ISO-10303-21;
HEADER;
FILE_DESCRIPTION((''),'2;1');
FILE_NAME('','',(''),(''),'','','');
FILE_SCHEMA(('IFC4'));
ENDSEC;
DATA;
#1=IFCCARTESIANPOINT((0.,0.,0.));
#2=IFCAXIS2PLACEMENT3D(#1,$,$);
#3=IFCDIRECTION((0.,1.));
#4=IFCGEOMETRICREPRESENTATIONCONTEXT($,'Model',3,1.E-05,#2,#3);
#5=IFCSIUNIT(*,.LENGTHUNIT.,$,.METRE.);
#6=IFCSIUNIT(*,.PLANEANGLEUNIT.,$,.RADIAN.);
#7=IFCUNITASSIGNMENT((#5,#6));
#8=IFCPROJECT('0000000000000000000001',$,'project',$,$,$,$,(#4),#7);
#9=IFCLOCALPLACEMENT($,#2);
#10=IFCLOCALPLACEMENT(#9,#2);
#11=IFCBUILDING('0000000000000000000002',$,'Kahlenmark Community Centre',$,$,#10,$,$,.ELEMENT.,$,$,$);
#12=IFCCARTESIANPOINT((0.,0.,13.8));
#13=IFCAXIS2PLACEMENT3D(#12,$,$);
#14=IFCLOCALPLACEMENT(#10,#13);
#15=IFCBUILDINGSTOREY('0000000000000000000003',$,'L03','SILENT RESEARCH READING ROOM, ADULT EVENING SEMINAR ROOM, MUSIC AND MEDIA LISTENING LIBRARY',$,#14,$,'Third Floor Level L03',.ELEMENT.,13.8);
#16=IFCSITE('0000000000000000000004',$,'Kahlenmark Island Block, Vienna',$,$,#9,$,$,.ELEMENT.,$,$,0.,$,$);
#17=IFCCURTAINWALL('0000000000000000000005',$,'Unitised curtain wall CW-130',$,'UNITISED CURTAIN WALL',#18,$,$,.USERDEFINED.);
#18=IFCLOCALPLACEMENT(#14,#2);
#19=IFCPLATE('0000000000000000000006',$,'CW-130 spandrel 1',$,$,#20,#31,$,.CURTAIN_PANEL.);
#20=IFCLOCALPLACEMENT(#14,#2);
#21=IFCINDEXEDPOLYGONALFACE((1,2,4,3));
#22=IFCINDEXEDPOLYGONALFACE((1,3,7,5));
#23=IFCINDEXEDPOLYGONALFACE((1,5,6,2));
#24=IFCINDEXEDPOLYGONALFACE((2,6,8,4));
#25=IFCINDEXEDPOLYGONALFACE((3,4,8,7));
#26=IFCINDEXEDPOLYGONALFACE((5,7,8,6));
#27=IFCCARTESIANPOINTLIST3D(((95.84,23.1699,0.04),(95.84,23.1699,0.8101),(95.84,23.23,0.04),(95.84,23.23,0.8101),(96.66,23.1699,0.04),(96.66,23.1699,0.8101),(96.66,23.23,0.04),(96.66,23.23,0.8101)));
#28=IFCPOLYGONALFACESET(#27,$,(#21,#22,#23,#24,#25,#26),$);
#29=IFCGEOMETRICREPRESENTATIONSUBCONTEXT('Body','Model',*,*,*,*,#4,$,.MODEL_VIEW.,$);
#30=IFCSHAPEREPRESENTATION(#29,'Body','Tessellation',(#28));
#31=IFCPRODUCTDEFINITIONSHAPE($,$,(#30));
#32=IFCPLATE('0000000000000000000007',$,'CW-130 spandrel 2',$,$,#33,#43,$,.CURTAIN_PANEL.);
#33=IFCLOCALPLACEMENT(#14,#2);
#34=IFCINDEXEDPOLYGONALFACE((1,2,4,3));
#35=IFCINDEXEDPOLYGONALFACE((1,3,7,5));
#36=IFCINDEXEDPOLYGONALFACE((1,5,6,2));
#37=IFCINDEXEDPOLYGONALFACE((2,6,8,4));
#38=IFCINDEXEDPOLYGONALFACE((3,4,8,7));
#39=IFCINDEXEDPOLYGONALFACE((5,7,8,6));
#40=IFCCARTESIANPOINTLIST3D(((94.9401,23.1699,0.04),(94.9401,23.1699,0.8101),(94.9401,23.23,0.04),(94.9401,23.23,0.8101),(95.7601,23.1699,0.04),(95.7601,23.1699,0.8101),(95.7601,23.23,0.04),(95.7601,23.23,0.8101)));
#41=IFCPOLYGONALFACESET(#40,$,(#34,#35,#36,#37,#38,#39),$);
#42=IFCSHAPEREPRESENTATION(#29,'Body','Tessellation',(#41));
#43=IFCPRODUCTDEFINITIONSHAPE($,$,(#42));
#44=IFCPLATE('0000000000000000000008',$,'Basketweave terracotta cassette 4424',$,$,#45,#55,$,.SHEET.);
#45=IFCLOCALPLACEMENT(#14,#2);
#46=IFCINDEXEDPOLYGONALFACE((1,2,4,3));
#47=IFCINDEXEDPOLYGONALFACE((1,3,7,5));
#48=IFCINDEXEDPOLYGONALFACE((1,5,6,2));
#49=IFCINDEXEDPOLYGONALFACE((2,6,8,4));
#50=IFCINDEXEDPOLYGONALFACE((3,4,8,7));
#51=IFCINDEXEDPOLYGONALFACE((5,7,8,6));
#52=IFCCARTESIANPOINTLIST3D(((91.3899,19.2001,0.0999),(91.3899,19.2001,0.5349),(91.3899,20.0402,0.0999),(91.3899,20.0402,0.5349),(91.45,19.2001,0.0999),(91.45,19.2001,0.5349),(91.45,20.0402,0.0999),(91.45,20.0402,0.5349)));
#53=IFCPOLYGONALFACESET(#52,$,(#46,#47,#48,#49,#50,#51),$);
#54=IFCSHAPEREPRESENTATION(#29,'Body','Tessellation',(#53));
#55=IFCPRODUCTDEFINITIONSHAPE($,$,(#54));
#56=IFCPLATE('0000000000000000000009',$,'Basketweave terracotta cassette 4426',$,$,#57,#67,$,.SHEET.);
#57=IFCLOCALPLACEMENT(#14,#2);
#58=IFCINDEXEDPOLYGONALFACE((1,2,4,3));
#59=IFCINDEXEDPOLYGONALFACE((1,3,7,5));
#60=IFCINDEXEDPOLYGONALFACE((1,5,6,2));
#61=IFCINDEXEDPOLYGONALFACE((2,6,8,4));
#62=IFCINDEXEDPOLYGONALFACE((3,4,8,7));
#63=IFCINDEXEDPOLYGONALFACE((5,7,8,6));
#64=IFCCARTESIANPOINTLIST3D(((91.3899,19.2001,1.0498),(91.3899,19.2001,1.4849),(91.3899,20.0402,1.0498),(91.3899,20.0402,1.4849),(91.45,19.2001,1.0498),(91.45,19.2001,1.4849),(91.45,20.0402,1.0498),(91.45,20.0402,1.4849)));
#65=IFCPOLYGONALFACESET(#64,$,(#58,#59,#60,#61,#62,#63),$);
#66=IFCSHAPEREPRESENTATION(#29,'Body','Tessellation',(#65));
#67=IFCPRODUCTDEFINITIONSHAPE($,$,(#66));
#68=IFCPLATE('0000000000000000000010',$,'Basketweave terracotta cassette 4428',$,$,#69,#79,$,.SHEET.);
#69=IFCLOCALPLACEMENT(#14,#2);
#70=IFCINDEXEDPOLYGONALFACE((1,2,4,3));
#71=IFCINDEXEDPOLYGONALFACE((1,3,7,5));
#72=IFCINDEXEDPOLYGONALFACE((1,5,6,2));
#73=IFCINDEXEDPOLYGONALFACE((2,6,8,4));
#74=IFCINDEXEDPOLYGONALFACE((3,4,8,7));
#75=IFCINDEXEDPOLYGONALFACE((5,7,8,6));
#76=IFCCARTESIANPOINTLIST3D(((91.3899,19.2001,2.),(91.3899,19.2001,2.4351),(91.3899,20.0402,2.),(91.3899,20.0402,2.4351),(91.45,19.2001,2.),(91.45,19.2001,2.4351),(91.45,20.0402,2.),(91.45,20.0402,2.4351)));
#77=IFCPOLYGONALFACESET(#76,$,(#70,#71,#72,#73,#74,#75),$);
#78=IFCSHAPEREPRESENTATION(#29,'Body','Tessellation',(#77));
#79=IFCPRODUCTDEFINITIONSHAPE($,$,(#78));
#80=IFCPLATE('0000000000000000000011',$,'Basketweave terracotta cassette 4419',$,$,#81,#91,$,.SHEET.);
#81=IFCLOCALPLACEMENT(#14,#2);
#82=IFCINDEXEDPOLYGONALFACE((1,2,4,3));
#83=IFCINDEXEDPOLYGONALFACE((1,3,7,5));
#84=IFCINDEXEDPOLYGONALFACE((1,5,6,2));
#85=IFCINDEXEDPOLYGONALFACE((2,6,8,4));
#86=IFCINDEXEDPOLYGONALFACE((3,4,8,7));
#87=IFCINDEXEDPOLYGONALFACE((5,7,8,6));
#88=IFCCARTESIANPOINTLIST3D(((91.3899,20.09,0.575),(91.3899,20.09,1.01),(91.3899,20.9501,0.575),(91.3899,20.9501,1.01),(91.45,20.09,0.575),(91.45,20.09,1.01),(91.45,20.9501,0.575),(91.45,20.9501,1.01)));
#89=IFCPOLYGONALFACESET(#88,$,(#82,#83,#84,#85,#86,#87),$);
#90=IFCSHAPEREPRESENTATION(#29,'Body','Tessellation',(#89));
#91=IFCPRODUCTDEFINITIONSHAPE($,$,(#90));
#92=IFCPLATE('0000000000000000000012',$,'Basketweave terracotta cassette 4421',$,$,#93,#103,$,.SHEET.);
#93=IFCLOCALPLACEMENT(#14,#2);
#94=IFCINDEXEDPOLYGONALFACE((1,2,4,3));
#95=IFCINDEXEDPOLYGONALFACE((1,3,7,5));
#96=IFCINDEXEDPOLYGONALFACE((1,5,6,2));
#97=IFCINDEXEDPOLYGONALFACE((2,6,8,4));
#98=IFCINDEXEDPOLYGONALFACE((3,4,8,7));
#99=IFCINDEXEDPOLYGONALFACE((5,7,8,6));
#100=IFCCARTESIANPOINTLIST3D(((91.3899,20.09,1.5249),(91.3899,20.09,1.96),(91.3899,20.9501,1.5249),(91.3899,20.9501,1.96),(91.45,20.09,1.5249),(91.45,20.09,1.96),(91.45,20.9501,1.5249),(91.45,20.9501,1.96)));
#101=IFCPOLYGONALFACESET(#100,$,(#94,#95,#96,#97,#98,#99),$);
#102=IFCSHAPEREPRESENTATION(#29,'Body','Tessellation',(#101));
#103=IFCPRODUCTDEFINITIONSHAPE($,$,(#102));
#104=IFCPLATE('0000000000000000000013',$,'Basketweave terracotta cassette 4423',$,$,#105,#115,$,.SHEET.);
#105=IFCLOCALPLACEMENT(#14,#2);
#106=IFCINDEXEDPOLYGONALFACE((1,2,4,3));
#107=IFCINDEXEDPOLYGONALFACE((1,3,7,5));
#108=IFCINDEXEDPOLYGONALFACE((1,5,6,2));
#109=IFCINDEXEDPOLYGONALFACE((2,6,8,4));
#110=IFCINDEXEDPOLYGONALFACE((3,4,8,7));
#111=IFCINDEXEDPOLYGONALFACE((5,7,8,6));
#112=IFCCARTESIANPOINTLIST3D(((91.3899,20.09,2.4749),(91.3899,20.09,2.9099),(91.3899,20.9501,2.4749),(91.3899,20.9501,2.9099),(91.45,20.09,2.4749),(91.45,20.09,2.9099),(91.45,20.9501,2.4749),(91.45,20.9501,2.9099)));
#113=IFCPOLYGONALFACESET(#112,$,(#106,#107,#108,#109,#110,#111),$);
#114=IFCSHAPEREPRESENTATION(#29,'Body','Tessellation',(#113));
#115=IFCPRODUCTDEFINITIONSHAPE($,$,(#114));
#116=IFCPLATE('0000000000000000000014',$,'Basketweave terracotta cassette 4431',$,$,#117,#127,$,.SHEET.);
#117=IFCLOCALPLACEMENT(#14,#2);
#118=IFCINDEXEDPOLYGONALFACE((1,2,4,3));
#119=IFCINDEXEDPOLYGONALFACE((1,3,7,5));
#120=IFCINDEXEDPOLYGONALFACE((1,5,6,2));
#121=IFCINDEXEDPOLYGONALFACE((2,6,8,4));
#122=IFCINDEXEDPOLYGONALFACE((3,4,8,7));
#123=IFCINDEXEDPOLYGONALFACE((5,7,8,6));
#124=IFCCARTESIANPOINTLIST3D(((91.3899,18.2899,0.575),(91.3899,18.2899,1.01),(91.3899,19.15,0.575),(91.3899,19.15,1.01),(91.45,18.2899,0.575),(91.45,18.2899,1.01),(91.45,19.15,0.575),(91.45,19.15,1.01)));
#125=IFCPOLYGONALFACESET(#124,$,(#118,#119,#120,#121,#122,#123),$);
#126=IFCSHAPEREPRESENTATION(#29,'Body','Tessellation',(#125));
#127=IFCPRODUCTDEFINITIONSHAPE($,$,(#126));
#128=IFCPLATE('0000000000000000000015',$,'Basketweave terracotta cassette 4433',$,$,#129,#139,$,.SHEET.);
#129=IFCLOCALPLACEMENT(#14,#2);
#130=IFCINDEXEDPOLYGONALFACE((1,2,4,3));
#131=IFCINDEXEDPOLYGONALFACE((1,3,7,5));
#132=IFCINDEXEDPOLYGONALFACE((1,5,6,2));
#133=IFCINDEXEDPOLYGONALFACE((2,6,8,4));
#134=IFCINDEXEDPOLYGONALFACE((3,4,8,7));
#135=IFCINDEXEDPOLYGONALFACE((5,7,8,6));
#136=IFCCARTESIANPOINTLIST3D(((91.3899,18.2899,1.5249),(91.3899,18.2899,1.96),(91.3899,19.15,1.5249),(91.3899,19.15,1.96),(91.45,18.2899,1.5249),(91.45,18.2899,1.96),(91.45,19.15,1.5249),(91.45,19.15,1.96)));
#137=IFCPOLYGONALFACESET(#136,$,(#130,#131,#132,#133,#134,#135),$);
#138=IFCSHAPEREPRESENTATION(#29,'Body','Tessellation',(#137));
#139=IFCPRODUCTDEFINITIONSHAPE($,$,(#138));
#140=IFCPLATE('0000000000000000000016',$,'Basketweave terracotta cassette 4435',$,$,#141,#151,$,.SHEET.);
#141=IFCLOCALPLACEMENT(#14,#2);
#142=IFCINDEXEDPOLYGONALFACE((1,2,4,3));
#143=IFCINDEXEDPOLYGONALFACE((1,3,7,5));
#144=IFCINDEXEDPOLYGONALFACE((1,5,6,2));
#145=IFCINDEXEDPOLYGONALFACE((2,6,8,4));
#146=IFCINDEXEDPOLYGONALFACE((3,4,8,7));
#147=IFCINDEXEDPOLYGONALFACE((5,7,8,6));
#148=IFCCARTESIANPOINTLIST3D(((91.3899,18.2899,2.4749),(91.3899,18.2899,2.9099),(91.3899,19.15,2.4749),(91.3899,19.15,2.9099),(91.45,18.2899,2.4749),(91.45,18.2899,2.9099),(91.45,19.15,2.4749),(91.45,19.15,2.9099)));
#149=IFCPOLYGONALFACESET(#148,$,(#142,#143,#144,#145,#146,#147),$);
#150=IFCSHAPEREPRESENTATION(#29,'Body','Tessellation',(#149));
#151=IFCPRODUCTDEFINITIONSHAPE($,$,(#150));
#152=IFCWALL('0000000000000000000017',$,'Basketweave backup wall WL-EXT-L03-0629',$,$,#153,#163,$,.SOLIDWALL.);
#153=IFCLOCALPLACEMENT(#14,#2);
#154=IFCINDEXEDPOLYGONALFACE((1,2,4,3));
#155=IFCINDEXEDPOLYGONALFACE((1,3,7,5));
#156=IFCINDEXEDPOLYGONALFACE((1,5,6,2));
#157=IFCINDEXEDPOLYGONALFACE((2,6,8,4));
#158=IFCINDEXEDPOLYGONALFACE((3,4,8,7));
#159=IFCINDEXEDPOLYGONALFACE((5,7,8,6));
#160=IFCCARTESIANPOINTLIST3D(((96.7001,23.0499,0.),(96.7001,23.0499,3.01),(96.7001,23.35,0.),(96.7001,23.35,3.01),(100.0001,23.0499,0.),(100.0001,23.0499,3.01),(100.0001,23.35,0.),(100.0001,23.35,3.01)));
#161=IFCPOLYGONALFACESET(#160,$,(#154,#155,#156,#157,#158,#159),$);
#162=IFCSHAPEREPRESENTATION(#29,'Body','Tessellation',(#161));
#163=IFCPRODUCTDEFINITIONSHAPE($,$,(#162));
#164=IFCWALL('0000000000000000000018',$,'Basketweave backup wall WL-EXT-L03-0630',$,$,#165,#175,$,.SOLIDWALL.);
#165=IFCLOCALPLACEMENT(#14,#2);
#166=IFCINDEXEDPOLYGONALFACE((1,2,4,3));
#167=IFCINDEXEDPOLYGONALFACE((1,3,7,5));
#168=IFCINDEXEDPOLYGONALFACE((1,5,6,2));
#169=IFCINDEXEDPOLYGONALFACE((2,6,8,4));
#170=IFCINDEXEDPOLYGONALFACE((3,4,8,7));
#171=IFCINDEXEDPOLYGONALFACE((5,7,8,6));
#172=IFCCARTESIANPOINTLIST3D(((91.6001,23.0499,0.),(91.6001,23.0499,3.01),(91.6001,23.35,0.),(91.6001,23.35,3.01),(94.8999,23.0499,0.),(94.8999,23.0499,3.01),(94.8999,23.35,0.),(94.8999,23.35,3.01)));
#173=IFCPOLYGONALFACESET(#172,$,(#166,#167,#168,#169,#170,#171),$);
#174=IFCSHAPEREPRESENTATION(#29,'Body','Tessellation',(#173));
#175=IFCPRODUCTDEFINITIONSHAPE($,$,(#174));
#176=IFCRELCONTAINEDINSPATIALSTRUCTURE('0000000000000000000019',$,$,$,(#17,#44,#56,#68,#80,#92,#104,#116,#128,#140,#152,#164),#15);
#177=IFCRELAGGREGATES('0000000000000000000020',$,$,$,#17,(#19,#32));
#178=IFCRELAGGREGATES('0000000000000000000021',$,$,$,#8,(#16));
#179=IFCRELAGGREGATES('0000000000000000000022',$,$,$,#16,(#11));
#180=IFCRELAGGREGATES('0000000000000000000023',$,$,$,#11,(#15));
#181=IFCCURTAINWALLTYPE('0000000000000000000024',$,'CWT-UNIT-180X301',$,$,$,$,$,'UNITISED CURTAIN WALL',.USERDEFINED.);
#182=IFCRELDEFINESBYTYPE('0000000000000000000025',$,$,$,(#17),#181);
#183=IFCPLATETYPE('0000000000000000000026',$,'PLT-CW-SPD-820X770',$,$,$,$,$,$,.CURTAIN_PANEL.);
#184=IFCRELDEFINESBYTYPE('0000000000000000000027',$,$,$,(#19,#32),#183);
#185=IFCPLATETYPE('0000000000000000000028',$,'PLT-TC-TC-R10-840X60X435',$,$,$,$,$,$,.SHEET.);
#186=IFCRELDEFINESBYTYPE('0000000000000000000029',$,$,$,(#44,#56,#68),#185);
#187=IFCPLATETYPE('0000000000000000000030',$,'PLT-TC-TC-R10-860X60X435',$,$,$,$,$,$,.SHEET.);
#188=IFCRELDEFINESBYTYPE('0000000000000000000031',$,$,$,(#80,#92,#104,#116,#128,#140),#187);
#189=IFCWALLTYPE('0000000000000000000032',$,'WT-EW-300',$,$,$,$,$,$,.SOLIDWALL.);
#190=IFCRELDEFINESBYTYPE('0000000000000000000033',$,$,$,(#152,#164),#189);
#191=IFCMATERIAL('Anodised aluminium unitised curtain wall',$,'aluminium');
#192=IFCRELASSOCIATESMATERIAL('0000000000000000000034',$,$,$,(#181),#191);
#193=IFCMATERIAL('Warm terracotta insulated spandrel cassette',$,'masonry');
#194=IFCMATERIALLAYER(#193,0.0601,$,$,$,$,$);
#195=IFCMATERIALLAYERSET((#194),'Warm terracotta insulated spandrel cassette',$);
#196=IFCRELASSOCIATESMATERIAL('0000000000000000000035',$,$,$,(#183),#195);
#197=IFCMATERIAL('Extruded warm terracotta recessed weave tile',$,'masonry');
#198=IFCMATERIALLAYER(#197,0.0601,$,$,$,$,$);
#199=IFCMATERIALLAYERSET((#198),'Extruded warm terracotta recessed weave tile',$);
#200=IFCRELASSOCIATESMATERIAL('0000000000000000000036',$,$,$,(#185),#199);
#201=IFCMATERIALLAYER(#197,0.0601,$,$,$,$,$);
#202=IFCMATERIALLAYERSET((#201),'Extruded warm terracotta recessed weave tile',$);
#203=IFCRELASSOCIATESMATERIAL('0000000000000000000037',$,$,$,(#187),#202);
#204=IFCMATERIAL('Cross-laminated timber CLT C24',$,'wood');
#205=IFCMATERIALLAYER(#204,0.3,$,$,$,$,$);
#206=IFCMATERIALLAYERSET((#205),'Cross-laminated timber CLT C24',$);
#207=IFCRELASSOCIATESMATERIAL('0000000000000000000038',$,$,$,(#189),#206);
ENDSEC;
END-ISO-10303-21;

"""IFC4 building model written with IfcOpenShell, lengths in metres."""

from ifc_helpers import new_model, si_unit, direction, frame, frame_2d, origin, origin_2d, place, context, subcontext, project, spatial, rectangle, extrude, material, layer, layer_set, type_object, element, aggregate, save


model = new_model("IFC4")

# Units and contexts
model_context = context("Model", 3, precision=1e-05, world=origin(), true_north=direction((0.0, 1.0)))
body_context = subcontext(model_context, "Body", "Model", "MODEL_VIEW")
ifc_project = project(units=[si_unit("LENGTHUNIT", "METRE"), si_unit("PLANEANGLEUNIT", "RADIAN")], contexts=[model_context])

# Site, building, storey
site_placement = place(None, origin())
site = spatial("IfcSite", under=ifc_project, at=site_placement, Name="Kahlenmark Island Block, Vienna", CompositionType="ELEMENT", RefElevation=0.0)
building_placement = place(site_placement, origin())
building = spatial("IfcBuilding", under=site, at=building_placement, Name="Kahlenmark Community Centre", CompositionType="ELEMENT")
storey_placement = place(building_placement, frame((0.0, 0.0, 13.8)))
storey = spatial("IfcBuildingStorey", under=building, at=storey_placement, Name="L03", Description="SILENT RESEARCH READING ROOM, ADULT EVENING SEMINAR ROOM, MUSIC AND MEDIA LISTENING LIBRARY", LongName="Third Floor Level L03", CompositionType="ELEMENT", Elevation=13.8)

# Curtain wall, plates
ifc_material_1 = material(Name="Anodised aluminium unitised curtain wall", Category="aluminium")
curtain_wall_type = type_object("IfcCurtainWallType", Name="CWT-UNIT-180X301", ElementType="UNITISED CURTAIN WALL", PredefinedType="USERDEFINED", material=ifc_material_1)
curtain_wall_placement = place(storey_placement, origin())
curtain_wall = element("IfcCurtainWall", 1, at=curtain_wall_placement, inside=storey, type_object=curtain_wall_type, Name="Unitised curtain wall CW-130", ObjectType="UNITISED CURTAIN WALL", PredefinedType="USERDEFINED")
ifc_material_2 = material(Name="Warm terracotta insulated spandrel cassette", Category="masonry")
ifc_layer_1 = layer(ifc_material_2, 0.0601)
ifc_layer_set_1 = layer_set([ifc_layer_1], Name="Warm terracotta insulated spandrel cassette")
plate_type_1 = type_object("IfcPlateType", Name="PLT-CW-SPD-820X770", PredefinedType="CURTAIN_PANEL", material=ifc_layer_set_1)
plate_1_placement = place(storey_placement, frame((96.25, 23.2, 0.04), z_axis=(0.0, 0.0, 1.0), x_axis=(-1.0, 0.0, 0.0)))
plate_1 = element("IfcPlate", 2, at=plate_1_placement, type_object=plate_type_1, Name="CW-130 spandrel 1", PredefinedType="CURTAIN_PANEL", context=body_context, shape_type="SweptSolid", body=[
    extrude(rectangle(XDim=0.8201, YDim=0.0601, at=origin_2d()), origin(), (0.0, 0.0, 1.0), 0.77),
])
plate_2_placement = place(storey_placement, frame((95.3501, 23.2, 0.04), z_axis=(0.0, 0.0, 1.0), x_axis=(-1.0, 0.0, 0.0)))
plate_2 = element("IfcPlate", 3, at=plate_2_placement, type_object=plate_type_1, Name="CW-130 spandrel 2", PredefinedType="CURTAIN_PANEL", context=body_context, shape_type="SweptSolid", body=[
    extrude(rectangle(XDim=0.8201, YDim=0.0601, at=origin_2d()), origin(), (0.0, 0.0, 1.0), 0.77),
])
aggregate(curtain_wall, [plate_1, plate_2])

# Plates
ifc_material_3 = material(Name="Extruded warm terracotta recessed weave tile", Category="masonry")
ifc_layer_2 = layer(ifc_material_3, 0.0601)
ifc_layer_set_2 = layer_set([ifc_layer_2], Name="Extruded warm terracotta recessed weave tile")
plate_type_2 = type_object("IfcPlateType", Name="PLT-TC-TC-R10-840X60X435", PredefinedType="SHEET", material=ifc_layer_set_2)
for number, where, z_axis, x_axis, name in (
    (4, (91.4199, 19.6201, 0.0999), (0.0, 0.0, 1.0), (0.0, -1.0, 0.0), "Basketweave terracotta cassette 4424"),
    (5, (91.4199, 19.6201, 1.0498), (0.0, 0.0, 1.0), (0.0, -1.0, 0.0), "Basketweave terracotta cassette 4426"),
    (6, (91.4199, 19.6201, 2.0), (0.0, 0.0, 1.0), (0.0, -1.0, 0.0), "Basketweave terracotta cassette 4428"),
):
    element("IfcPlate", number, at=place(storey_placement, frame(where, z_axis=z_axis, x_axis=x_axis)), inside=storey, type_object=plate_type_2, Name=name, PredefinedType="SHEET", context=body_context, shape_type="SweptSolid", body=[
        extrude(rectangle(XDim=0.8401, YDim=0.0601, at=origin_2d()), origin(), (0.0, 0.0, 1.0), 0.4351),
    ])
ifc_layer_3 = layer(ifc_material_3, 0.0601)
ifc_layer_set_3 = layer_set([ifc_layer_3], Name="Extruded warm terracotta recessed weave tile")
plate_type_3 = type_object("IfcPlateType", Name="PLT-TC-TC-R10-860X60X435", PredefinedType="SHEET", material=ifc_layer_set_3)
for number, where, z_axis, x_axis, name in (
    (7, (91.4199, 20.52, 0.575), (0.0, 0.0, 1.0), (0.0, -1.0, 0.0), "Basketweave terracotta cassette 4419"),
    (8, (91.4199, 20.52, 1.5249), (0.0, 0.0, 1.0), (0.0, -1.0, 0.0), "Basketweave terracotta cassette 4421"),
    (9, (91.4199, 20.52, 2.4749), (0.0, 0.0, 1.0), (0.0, -1.0, 0.0), "Basketweave terracotta cassette 4423"),
    (10, (91.4199, 18.72, 0.575), (0.0, 0.0, 1.0), (0.0, -1.0, 0.0), "Basketweave terracotta cassette 4431"),
    (11, (91.4199, 18.72, 1.5249), (0.0, 0.0, 1.0), (0.0, -1.0, 0.0), "Basketweave terracotta cassette 4433"),
    (12, (91.4199, 18.72, 2.4749), (0.0, 0.0, 1.0), (0.0, -1.0, 0.0), "Basketweave terracotta cassette 4435"),
):
    element("IfcPlate", number, at=place(storey_placement, frame(where, z_axis=z_axis, x_axis=x_axis)), inside=storey, type_object=plate_type_3, Name=name, PredefinedType="SHEET", context=body_context, shape_type="SweptSolid", body=[
        extrude(rectangle(XDim=0.8601, YDim=0.0601, at=origin_2d()), origin(), (0.0, 0.0, 1.0), 0.4351),
    ])

# Walls
ifc_material_4 = material(Name="Cross-laminated timber CLT C24", Category="wood")
ifc_layer_4 = layer(ifc_material_4, 0.3)
ifc_layer_set_4 = layer_set([ifc_layer_4], Name="Cross-laminated timber CLT C24")
wall_type_1 = type_object("IfcWallType", Name="WT-EW-300", PredefinedType="SOLIDWALL", material=ifc_layer_set_4)
wall_1_placement = place(storey_placement, frame((100.0, 23.2, 0.0), z_axis=(0.0, 0.0, 1.0), x_axis=(-1.0, 0.0, 0.0)))
element("IfcWall", 13, at=wall_1_placement, inside=storey, type_object=wall_type_1, Name="Basketweave backup wall WL-EXT-L03-0629", PredefinedType="SOLIDWALL", context=body_context, shape_type="SweptSolid", body=[
    extrude(rectangle(XDim=3.3, YDim=0.3, at=frame_2d((1.6499, 0.0))), origin(), (0.0, 0.0, 1.0), 3.01),
])
wall_2_placement = place(storey_placement, frame((94.8999, 23.2, 0.0), z_axis=(0.0, 0.0, 1.0), x_axis=(-1.0, 0.0, 0.0)))
element("IfcWall", 14, at=wall_2_placement, inside=storey, type_object=wall_type_1, Name="Basketweave backup wall WL-EXT-L03-0630", PredefinedType="SOLIDWALL", context=body_context, shape_type="SweptSolid", body=[
    extrude(rectangle(XDim=3.2998, YDim=0.3, at=frame_2d((1.6499, 0.0))), origin(), (0.0, 0.0, 1.0), 3.01),
])

save(model, "model.ifc")
